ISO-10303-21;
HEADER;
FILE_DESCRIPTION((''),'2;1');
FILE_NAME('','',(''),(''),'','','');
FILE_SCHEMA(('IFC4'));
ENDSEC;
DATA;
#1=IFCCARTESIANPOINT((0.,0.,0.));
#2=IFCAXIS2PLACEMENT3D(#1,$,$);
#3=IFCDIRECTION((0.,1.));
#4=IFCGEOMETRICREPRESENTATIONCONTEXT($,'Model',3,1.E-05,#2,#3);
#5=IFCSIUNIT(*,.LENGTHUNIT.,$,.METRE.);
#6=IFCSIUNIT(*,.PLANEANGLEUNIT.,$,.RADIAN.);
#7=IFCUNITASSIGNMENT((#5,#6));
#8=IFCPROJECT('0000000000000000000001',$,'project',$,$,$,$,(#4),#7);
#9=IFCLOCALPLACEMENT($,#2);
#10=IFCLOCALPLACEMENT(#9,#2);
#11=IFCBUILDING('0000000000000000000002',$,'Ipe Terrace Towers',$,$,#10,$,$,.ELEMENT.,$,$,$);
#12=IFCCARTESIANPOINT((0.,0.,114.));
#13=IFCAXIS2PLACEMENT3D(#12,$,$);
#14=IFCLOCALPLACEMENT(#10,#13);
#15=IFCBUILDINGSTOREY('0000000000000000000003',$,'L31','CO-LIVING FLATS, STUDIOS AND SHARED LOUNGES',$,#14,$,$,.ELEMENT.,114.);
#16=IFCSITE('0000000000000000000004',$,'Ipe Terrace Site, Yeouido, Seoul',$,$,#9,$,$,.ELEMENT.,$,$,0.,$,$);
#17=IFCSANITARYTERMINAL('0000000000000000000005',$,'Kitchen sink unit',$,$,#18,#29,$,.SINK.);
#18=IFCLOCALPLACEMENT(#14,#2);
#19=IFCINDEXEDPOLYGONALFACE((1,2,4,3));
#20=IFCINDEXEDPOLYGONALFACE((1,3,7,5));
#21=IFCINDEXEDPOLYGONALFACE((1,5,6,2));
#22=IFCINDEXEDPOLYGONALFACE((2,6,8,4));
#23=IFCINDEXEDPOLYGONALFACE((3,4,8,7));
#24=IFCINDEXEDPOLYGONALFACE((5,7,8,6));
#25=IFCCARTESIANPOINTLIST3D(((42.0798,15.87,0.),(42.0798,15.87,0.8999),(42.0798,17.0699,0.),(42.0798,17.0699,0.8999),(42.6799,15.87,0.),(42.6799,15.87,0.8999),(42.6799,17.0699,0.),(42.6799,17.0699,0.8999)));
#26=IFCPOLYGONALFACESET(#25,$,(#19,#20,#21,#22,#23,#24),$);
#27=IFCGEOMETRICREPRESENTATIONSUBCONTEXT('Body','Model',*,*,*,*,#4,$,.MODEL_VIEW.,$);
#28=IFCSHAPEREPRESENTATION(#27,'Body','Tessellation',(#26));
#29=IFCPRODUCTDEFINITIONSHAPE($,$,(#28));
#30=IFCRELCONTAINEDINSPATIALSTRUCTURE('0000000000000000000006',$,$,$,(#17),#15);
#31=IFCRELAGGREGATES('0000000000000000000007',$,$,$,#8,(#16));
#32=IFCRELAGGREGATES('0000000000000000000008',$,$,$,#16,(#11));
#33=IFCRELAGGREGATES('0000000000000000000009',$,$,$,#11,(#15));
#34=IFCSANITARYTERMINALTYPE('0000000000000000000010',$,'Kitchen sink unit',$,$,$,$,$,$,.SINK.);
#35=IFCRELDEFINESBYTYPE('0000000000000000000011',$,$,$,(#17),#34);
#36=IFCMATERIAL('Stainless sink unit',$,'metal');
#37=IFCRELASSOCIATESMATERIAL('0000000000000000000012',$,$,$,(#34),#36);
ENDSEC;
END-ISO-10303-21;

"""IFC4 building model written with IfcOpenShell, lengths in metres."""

from ifc_helpers import new_model, si_unit, direction, frame, origin, origin_2d, place, context, subcontext, project, spatial, rectangle, extrude, material, type_object, element, save


model = new_model("IFC4")

# Units and contexts
model_context = context("Model", 3, precision=1e-05, world=origin(), true_north=direction((0.0, 1.0)))
body_context = subcontext(model_context, "Body", "Model", "MODEL_VIEW")
ifc_project = project(units=[si_unit("LENGTHUNIT", "METRE"), si_unit("PLANEANGLEUNIT", "RADIAN")], contexts=[model_context])

# Site, building, storey
site_placement = place(None, origin())
site = spatial("IfcSite", under=ifc_project, at=site_placement, Name="Ipe Terrace Site, Yeouido, Seoul", CompositionType="ELEMENT", RefElevation=0.0)
building_placement = place(site_placement, origin())
building = spatial("IfcBuilding", under=site, at=building_placement, Name="Ipe Terrace Towers", CompositionType="ELEMENT")
storey_placement = place(building_placement, frame((0.0, 0.0, 114.0)))
storey = spatial("IfcBuildingStorey", under=building, at=storey_placement, Name="L31", Description="CO-LIVING FLATS, STUDIOS AND SHARED LOUNGES", CompositionType="ELEMENT", Elevation=114.0)

# Sanitary terminal
ifc_material_1 = material(Name="Stainless sink unit", Category="metal")
sanitary_terminal_type = type_object("IfcSanitaryTerminalType", Name="Kitchen sink unit", PredefinedType="SINK", material=ifc_material_1)
sanitary_terminal_placement = place(storey_placement, frame((42.3799, 16.47, 0.0), z_axis=(0.0, 0.0, 1.0), x_axis=(0.0, -1.0, 0.0)))
element("IfcSanitaryTerminal", 1, at=sanitary_terminal_placement, inside=storey, type_object=sanitary_terminal_type, Name="Kitchen sink unit", PredefinedType="SINK", context=body_context, shape_type="SweptSolid", body=[
    extrude(rectangle(XDim=1.2, YDim=0.6001, at=origin_2d()), origin(), (0.0, 0.0, 1.0), 0.8999),
])

save(model, "model.ifc")
